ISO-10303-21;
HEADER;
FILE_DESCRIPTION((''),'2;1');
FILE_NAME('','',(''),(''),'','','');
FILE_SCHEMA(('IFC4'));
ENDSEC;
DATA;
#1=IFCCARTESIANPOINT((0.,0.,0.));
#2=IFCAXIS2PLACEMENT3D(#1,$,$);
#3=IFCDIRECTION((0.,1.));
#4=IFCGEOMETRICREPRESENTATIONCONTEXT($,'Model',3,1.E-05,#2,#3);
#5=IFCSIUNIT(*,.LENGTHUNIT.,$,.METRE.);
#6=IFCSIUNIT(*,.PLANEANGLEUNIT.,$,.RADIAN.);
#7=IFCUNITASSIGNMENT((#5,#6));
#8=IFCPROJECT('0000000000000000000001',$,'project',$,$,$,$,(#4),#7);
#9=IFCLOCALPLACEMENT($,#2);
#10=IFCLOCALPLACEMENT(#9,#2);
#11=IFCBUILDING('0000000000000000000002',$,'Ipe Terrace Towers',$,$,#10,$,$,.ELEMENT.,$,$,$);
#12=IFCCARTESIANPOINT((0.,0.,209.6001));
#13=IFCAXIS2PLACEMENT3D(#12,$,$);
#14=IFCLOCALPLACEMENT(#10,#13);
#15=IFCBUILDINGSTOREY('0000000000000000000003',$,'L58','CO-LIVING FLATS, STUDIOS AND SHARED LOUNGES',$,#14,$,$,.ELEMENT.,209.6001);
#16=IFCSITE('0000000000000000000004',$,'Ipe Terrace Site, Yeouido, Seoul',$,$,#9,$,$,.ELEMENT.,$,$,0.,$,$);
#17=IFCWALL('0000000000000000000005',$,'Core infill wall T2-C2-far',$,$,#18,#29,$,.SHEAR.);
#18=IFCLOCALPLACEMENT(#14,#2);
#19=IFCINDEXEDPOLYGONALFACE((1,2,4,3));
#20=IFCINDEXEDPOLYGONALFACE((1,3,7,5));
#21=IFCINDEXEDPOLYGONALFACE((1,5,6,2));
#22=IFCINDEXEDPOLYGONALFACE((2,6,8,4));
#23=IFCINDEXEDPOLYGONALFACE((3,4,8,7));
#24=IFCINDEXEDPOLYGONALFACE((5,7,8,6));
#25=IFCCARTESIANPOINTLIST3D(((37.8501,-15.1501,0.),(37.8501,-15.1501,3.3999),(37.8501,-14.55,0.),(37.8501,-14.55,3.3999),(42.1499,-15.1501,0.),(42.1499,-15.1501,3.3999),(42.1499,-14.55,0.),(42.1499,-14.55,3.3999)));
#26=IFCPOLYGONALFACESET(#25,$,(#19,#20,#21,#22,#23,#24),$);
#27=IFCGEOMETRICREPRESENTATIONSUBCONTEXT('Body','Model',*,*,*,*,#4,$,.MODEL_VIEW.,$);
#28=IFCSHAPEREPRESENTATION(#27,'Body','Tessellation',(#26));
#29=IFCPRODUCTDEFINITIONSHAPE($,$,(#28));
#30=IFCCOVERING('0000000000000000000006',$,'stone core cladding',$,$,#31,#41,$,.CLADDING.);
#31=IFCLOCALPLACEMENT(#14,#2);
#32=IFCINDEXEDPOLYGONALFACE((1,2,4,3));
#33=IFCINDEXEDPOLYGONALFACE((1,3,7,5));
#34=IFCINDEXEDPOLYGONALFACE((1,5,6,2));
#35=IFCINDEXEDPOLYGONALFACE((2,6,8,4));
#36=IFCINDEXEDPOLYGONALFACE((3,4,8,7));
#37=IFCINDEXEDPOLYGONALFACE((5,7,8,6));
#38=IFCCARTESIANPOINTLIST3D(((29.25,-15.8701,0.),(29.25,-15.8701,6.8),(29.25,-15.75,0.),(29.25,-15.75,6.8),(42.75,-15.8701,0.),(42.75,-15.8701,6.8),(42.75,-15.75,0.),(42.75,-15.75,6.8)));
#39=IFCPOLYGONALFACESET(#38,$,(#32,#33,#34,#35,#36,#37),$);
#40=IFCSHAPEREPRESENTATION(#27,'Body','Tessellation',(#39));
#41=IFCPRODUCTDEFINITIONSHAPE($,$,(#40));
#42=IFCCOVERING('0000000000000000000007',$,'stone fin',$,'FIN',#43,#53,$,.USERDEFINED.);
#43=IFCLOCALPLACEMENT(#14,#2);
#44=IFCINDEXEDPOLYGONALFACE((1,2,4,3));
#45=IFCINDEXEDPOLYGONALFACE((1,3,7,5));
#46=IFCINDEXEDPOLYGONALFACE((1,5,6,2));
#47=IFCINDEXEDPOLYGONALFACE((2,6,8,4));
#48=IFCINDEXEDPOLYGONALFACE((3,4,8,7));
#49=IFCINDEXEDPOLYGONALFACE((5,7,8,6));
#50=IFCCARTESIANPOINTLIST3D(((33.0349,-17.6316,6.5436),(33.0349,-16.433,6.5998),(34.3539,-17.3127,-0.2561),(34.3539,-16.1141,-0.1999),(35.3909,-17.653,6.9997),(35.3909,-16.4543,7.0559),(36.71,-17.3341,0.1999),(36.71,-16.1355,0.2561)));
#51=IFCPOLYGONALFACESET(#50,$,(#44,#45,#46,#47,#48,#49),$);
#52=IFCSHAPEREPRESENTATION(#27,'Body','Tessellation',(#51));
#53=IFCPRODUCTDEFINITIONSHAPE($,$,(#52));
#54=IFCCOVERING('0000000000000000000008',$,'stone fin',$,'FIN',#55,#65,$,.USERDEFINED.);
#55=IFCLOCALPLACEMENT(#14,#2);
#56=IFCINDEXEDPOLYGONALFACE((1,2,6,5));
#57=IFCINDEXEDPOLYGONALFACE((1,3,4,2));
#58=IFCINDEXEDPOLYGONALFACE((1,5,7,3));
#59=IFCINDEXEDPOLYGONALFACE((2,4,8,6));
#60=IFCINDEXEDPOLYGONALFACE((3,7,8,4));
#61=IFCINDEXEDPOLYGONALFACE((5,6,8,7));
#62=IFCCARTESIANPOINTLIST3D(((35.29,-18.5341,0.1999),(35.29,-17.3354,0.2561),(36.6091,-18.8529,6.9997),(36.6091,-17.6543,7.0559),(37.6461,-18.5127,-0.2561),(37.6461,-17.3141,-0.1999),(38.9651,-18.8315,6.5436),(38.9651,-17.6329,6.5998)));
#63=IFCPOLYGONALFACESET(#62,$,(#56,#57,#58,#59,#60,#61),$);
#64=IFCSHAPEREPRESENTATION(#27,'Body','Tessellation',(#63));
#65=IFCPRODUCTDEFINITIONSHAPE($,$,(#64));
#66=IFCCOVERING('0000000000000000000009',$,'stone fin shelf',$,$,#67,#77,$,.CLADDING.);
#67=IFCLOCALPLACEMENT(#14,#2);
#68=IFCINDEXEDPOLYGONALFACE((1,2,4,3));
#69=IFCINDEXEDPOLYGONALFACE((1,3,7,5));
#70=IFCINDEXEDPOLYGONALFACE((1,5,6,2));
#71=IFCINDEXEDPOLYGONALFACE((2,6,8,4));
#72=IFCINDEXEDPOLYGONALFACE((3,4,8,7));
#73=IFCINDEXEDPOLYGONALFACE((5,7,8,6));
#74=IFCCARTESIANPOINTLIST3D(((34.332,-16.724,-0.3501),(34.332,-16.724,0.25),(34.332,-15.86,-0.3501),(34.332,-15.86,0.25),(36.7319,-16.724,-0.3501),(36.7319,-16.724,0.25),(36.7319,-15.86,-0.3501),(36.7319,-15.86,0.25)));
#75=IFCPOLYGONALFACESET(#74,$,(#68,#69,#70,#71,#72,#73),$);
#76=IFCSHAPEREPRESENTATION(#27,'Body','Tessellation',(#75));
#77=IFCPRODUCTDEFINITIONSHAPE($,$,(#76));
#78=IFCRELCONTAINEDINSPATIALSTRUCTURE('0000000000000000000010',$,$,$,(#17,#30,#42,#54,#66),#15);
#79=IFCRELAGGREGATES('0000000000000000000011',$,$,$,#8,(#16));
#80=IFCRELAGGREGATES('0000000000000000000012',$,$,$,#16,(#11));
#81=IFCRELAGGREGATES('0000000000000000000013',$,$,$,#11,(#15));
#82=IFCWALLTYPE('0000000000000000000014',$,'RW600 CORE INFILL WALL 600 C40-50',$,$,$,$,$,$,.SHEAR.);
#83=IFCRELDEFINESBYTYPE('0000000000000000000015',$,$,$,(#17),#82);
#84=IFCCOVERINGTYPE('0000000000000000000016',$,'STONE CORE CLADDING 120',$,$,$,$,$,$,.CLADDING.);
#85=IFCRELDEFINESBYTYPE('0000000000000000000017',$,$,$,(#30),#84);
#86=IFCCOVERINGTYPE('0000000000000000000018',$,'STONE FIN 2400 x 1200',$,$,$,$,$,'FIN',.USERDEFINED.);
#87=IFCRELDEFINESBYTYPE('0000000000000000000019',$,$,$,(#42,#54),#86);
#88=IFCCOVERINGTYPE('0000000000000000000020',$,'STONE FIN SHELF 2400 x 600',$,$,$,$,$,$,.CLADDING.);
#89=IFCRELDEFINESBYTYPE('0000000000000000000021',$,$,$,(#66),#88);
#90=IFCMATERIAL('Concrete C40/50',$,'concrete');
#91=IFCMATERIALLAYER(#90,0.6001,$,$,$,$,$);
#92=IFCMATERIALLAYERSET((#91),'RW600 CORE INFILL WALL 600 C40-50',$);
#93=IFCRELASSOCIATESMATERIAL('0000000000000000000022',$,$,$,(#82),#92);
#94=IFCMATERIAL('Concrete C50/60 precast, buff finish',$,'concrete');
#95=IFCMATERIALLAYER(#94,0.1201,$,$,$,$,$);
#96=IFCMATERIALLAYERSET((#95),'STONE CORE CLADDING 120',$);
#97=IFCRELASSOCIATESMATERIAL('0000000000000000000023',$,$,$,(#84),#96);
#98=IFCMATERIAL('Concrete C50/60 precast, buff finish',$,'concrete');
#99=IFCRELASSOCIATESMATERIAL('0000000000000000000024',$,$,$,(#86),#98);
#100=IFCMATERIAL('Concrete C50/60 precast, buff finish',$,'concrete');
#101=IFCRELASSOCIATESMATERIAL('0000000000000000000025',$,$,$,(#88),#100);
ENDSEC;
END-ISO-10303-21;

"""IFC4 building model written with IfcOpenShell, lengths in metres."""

from ifc_helpers import new_model, si_unit, direction, frame, frame_2d, origin, origin_2d, place, context, subcontext, project, spatial, rectangle, extrude, material, layer, layer_set, material_profile, profile_set, type_object, element, save


model = new_model("IFC4")

# Units and contexts
model_context = context("Model", 3, precision=1e-05, world=origin(), true_north=direction((0.0, 1.0)))
body_context = subcontext(model_context, "Body", "Model", "MODEL_VIEW")
ifc_project = project(units=[si_unit("LENGTHUNIT", "METRE"), si_unit("PLANEANGLEUNIT", "RADIAN")], contexts=[model_context])

# Site, building, storey
site_placement = place(None, origin())
site = spatial("IfcSite", under=ifc_project, at=site_placement, Name="Ipe Terrace Site, Yeouido, Seoul", CompositionType="ELEMENT", RefElevation=0.0)
building_placement = place(site_placement, origin())
building = spatial("IfcBuilding", under=site, at=building_placement, Name="Ipe Terrace Towers", CompositionType="ELEMENT")
storey_placement = place(building_placement, frame((0.0, 0.0, 209.6001)))
storey = spatial("IfcBuildingStorey", under=building, at=storey_placement, Name="L58", Description="CO-LIVING FLATS, STUDIOS AND SHARED LOUNGES", CompositionType="ELEMENT", Elevation=209.6001)

# Wall
ifc_material_1 = material(Name="Concrete C40/50", Category="concrete")
ifc_layer_1 = layer(ifc_material_1, 0.6001)
ifc_layer_set_1 = layer_set([ifc_layer_1], Name="RW600 CORE INFILL WALL 600 C40-50")
wall_type_1 = type_object("IfcWallType", Name="RW600 CORE INFILL WALL 600 C40-50", PredefinedType="SHEAR", material=ifc_layer_set_1)
wall_1_placement = place(storey_placement, frame((37.8501, -14.8501, 0.0), z_axis=(0.0, 0.0, 1.0), x_axis=(1.0, 0.0, 0.0)))
element("IfcWall", 1, at=wall_1_placement, inside=storey, type_object=wall_type_1, Name="Core infill wall T2-C2-far", PredefinedType="SHEAR", context=body_context, shape_type="SweptSolid", body=[
    extrude(rectangle(XDim=4.2998, YDim=0.6001, at=frame_2d((2.1499, 0.0))), origin(), (0.0, 0.0, 1.0), 3.3999),
])

# Coverings
ifc_material_2 = material(Name="Concrete C50/60 precast, buff finish", Category="concrete")
ifc_layer_2 = layer(ifc_material_2, 0.1201)
ifc_layer_set_2 = layer_set([ifc_layer_2], Name="STONE CORE CLADDING 120")
covering_type_1 = type_object("IfcCoveringType", Name="STONE CORE CLADDING 120", PredefinedType="CLADDING", material=ifc_layer_set_2)
covering_1_placement = place(storey_placement, frame((36.0, -15.8101, 0.0), z_axis=(0.0, 0.0, 1.0), x_axis=(1.0, 0.0, 0.0)))
element("IfcCovering", 2, at=covering_1_placement, inside=storey, type_object=covering_type_1, Name="stone core cladding", PredefinedType="CLADDING", context=body_context, shape_type="SweptSolid", body=[
    extrude(rectangle(XDim=13.5, YDim=0.1201, at=origin_2d()), origin(), (0.0, 0.0, 1.0), 6.8),
])
ifc_material_3 = material(Name="Concrete C50/60 precast, buff finish", Category="concrete")
ifc_material_profile = material_profile(ifc_material_3, rectangle(XDim=2.3999, YDim=1.2, at=origin_2d()), Name="STONE FIN 2400 x 1200")
ifc_profile_set = profile_set([ifc_material_profile], Name="Concrete C50/60 precast, buff finish")
covering_type_2 = type_object("IfcCoveringType", Name="STONE FIN 2400 x 1200", ElementType="FIN", PredefinedType="USERDEFINED", material=ifc_profile_set)
for number, where, z_axis, x_axis, name in (
    (3, (35.532, -16.7241, 0.0), (-0.190238, -0.045984, 0.98066), (0.981738, -0.008911, 0.190029), "stone fin"),
    (4, (36.468, -17.9241, 0.0), (0.190238, -0.045984, 0.98066), (0.981738, 0.008911, -0.190029), "stone fin"),
):
    element("IfcCovering", number, at=place(storey_placement, frame(where, z_axis=z_axis, x_axis=x_axis)), inside=storey, type_object=covering_type_2, Name=name, ObjectType="FIN", PredefinedType="USERDEFINED", context=body_context, shape_type="SweptSolid", body=[
        extrude(rectangle(XDim=2.3999, YDim=1.2, at=origin_2d()), origin(), (0.0, 0.0, 1.0), 6.9338),
    ])
ifc_material_4 = material(Name="Concrete C50/60 precast, buff finish", Category="concrete")
covering_type_3 = type_object("IfcCoveringType", Name="STONE FIN SHELF 2400 x 600", PredefinedType="CLADDING", material=ifc_material_4)
covering_2_placement = place(storey_placement, frame((35.532, -16.292, -0.3501), z_axis=(0.0, 0.0, 1.0), x_axis=(1.0, 0.0, 0.0)))
element("IfcCovering", 5, at=covering_2_placement, inside=storey, type_object=covering_type_3, Name="stone fin shelf", PredefinedType="CLADDING", context=body_context, shape_type="SweptSolid", body=[
    extrude(rectangle(XDim=2.3999, YDim=0.864, at=origin_2d()), origin(), (0.0, 0.0, 1.0), 0.6001),
])

save(model, "model.ifc")
